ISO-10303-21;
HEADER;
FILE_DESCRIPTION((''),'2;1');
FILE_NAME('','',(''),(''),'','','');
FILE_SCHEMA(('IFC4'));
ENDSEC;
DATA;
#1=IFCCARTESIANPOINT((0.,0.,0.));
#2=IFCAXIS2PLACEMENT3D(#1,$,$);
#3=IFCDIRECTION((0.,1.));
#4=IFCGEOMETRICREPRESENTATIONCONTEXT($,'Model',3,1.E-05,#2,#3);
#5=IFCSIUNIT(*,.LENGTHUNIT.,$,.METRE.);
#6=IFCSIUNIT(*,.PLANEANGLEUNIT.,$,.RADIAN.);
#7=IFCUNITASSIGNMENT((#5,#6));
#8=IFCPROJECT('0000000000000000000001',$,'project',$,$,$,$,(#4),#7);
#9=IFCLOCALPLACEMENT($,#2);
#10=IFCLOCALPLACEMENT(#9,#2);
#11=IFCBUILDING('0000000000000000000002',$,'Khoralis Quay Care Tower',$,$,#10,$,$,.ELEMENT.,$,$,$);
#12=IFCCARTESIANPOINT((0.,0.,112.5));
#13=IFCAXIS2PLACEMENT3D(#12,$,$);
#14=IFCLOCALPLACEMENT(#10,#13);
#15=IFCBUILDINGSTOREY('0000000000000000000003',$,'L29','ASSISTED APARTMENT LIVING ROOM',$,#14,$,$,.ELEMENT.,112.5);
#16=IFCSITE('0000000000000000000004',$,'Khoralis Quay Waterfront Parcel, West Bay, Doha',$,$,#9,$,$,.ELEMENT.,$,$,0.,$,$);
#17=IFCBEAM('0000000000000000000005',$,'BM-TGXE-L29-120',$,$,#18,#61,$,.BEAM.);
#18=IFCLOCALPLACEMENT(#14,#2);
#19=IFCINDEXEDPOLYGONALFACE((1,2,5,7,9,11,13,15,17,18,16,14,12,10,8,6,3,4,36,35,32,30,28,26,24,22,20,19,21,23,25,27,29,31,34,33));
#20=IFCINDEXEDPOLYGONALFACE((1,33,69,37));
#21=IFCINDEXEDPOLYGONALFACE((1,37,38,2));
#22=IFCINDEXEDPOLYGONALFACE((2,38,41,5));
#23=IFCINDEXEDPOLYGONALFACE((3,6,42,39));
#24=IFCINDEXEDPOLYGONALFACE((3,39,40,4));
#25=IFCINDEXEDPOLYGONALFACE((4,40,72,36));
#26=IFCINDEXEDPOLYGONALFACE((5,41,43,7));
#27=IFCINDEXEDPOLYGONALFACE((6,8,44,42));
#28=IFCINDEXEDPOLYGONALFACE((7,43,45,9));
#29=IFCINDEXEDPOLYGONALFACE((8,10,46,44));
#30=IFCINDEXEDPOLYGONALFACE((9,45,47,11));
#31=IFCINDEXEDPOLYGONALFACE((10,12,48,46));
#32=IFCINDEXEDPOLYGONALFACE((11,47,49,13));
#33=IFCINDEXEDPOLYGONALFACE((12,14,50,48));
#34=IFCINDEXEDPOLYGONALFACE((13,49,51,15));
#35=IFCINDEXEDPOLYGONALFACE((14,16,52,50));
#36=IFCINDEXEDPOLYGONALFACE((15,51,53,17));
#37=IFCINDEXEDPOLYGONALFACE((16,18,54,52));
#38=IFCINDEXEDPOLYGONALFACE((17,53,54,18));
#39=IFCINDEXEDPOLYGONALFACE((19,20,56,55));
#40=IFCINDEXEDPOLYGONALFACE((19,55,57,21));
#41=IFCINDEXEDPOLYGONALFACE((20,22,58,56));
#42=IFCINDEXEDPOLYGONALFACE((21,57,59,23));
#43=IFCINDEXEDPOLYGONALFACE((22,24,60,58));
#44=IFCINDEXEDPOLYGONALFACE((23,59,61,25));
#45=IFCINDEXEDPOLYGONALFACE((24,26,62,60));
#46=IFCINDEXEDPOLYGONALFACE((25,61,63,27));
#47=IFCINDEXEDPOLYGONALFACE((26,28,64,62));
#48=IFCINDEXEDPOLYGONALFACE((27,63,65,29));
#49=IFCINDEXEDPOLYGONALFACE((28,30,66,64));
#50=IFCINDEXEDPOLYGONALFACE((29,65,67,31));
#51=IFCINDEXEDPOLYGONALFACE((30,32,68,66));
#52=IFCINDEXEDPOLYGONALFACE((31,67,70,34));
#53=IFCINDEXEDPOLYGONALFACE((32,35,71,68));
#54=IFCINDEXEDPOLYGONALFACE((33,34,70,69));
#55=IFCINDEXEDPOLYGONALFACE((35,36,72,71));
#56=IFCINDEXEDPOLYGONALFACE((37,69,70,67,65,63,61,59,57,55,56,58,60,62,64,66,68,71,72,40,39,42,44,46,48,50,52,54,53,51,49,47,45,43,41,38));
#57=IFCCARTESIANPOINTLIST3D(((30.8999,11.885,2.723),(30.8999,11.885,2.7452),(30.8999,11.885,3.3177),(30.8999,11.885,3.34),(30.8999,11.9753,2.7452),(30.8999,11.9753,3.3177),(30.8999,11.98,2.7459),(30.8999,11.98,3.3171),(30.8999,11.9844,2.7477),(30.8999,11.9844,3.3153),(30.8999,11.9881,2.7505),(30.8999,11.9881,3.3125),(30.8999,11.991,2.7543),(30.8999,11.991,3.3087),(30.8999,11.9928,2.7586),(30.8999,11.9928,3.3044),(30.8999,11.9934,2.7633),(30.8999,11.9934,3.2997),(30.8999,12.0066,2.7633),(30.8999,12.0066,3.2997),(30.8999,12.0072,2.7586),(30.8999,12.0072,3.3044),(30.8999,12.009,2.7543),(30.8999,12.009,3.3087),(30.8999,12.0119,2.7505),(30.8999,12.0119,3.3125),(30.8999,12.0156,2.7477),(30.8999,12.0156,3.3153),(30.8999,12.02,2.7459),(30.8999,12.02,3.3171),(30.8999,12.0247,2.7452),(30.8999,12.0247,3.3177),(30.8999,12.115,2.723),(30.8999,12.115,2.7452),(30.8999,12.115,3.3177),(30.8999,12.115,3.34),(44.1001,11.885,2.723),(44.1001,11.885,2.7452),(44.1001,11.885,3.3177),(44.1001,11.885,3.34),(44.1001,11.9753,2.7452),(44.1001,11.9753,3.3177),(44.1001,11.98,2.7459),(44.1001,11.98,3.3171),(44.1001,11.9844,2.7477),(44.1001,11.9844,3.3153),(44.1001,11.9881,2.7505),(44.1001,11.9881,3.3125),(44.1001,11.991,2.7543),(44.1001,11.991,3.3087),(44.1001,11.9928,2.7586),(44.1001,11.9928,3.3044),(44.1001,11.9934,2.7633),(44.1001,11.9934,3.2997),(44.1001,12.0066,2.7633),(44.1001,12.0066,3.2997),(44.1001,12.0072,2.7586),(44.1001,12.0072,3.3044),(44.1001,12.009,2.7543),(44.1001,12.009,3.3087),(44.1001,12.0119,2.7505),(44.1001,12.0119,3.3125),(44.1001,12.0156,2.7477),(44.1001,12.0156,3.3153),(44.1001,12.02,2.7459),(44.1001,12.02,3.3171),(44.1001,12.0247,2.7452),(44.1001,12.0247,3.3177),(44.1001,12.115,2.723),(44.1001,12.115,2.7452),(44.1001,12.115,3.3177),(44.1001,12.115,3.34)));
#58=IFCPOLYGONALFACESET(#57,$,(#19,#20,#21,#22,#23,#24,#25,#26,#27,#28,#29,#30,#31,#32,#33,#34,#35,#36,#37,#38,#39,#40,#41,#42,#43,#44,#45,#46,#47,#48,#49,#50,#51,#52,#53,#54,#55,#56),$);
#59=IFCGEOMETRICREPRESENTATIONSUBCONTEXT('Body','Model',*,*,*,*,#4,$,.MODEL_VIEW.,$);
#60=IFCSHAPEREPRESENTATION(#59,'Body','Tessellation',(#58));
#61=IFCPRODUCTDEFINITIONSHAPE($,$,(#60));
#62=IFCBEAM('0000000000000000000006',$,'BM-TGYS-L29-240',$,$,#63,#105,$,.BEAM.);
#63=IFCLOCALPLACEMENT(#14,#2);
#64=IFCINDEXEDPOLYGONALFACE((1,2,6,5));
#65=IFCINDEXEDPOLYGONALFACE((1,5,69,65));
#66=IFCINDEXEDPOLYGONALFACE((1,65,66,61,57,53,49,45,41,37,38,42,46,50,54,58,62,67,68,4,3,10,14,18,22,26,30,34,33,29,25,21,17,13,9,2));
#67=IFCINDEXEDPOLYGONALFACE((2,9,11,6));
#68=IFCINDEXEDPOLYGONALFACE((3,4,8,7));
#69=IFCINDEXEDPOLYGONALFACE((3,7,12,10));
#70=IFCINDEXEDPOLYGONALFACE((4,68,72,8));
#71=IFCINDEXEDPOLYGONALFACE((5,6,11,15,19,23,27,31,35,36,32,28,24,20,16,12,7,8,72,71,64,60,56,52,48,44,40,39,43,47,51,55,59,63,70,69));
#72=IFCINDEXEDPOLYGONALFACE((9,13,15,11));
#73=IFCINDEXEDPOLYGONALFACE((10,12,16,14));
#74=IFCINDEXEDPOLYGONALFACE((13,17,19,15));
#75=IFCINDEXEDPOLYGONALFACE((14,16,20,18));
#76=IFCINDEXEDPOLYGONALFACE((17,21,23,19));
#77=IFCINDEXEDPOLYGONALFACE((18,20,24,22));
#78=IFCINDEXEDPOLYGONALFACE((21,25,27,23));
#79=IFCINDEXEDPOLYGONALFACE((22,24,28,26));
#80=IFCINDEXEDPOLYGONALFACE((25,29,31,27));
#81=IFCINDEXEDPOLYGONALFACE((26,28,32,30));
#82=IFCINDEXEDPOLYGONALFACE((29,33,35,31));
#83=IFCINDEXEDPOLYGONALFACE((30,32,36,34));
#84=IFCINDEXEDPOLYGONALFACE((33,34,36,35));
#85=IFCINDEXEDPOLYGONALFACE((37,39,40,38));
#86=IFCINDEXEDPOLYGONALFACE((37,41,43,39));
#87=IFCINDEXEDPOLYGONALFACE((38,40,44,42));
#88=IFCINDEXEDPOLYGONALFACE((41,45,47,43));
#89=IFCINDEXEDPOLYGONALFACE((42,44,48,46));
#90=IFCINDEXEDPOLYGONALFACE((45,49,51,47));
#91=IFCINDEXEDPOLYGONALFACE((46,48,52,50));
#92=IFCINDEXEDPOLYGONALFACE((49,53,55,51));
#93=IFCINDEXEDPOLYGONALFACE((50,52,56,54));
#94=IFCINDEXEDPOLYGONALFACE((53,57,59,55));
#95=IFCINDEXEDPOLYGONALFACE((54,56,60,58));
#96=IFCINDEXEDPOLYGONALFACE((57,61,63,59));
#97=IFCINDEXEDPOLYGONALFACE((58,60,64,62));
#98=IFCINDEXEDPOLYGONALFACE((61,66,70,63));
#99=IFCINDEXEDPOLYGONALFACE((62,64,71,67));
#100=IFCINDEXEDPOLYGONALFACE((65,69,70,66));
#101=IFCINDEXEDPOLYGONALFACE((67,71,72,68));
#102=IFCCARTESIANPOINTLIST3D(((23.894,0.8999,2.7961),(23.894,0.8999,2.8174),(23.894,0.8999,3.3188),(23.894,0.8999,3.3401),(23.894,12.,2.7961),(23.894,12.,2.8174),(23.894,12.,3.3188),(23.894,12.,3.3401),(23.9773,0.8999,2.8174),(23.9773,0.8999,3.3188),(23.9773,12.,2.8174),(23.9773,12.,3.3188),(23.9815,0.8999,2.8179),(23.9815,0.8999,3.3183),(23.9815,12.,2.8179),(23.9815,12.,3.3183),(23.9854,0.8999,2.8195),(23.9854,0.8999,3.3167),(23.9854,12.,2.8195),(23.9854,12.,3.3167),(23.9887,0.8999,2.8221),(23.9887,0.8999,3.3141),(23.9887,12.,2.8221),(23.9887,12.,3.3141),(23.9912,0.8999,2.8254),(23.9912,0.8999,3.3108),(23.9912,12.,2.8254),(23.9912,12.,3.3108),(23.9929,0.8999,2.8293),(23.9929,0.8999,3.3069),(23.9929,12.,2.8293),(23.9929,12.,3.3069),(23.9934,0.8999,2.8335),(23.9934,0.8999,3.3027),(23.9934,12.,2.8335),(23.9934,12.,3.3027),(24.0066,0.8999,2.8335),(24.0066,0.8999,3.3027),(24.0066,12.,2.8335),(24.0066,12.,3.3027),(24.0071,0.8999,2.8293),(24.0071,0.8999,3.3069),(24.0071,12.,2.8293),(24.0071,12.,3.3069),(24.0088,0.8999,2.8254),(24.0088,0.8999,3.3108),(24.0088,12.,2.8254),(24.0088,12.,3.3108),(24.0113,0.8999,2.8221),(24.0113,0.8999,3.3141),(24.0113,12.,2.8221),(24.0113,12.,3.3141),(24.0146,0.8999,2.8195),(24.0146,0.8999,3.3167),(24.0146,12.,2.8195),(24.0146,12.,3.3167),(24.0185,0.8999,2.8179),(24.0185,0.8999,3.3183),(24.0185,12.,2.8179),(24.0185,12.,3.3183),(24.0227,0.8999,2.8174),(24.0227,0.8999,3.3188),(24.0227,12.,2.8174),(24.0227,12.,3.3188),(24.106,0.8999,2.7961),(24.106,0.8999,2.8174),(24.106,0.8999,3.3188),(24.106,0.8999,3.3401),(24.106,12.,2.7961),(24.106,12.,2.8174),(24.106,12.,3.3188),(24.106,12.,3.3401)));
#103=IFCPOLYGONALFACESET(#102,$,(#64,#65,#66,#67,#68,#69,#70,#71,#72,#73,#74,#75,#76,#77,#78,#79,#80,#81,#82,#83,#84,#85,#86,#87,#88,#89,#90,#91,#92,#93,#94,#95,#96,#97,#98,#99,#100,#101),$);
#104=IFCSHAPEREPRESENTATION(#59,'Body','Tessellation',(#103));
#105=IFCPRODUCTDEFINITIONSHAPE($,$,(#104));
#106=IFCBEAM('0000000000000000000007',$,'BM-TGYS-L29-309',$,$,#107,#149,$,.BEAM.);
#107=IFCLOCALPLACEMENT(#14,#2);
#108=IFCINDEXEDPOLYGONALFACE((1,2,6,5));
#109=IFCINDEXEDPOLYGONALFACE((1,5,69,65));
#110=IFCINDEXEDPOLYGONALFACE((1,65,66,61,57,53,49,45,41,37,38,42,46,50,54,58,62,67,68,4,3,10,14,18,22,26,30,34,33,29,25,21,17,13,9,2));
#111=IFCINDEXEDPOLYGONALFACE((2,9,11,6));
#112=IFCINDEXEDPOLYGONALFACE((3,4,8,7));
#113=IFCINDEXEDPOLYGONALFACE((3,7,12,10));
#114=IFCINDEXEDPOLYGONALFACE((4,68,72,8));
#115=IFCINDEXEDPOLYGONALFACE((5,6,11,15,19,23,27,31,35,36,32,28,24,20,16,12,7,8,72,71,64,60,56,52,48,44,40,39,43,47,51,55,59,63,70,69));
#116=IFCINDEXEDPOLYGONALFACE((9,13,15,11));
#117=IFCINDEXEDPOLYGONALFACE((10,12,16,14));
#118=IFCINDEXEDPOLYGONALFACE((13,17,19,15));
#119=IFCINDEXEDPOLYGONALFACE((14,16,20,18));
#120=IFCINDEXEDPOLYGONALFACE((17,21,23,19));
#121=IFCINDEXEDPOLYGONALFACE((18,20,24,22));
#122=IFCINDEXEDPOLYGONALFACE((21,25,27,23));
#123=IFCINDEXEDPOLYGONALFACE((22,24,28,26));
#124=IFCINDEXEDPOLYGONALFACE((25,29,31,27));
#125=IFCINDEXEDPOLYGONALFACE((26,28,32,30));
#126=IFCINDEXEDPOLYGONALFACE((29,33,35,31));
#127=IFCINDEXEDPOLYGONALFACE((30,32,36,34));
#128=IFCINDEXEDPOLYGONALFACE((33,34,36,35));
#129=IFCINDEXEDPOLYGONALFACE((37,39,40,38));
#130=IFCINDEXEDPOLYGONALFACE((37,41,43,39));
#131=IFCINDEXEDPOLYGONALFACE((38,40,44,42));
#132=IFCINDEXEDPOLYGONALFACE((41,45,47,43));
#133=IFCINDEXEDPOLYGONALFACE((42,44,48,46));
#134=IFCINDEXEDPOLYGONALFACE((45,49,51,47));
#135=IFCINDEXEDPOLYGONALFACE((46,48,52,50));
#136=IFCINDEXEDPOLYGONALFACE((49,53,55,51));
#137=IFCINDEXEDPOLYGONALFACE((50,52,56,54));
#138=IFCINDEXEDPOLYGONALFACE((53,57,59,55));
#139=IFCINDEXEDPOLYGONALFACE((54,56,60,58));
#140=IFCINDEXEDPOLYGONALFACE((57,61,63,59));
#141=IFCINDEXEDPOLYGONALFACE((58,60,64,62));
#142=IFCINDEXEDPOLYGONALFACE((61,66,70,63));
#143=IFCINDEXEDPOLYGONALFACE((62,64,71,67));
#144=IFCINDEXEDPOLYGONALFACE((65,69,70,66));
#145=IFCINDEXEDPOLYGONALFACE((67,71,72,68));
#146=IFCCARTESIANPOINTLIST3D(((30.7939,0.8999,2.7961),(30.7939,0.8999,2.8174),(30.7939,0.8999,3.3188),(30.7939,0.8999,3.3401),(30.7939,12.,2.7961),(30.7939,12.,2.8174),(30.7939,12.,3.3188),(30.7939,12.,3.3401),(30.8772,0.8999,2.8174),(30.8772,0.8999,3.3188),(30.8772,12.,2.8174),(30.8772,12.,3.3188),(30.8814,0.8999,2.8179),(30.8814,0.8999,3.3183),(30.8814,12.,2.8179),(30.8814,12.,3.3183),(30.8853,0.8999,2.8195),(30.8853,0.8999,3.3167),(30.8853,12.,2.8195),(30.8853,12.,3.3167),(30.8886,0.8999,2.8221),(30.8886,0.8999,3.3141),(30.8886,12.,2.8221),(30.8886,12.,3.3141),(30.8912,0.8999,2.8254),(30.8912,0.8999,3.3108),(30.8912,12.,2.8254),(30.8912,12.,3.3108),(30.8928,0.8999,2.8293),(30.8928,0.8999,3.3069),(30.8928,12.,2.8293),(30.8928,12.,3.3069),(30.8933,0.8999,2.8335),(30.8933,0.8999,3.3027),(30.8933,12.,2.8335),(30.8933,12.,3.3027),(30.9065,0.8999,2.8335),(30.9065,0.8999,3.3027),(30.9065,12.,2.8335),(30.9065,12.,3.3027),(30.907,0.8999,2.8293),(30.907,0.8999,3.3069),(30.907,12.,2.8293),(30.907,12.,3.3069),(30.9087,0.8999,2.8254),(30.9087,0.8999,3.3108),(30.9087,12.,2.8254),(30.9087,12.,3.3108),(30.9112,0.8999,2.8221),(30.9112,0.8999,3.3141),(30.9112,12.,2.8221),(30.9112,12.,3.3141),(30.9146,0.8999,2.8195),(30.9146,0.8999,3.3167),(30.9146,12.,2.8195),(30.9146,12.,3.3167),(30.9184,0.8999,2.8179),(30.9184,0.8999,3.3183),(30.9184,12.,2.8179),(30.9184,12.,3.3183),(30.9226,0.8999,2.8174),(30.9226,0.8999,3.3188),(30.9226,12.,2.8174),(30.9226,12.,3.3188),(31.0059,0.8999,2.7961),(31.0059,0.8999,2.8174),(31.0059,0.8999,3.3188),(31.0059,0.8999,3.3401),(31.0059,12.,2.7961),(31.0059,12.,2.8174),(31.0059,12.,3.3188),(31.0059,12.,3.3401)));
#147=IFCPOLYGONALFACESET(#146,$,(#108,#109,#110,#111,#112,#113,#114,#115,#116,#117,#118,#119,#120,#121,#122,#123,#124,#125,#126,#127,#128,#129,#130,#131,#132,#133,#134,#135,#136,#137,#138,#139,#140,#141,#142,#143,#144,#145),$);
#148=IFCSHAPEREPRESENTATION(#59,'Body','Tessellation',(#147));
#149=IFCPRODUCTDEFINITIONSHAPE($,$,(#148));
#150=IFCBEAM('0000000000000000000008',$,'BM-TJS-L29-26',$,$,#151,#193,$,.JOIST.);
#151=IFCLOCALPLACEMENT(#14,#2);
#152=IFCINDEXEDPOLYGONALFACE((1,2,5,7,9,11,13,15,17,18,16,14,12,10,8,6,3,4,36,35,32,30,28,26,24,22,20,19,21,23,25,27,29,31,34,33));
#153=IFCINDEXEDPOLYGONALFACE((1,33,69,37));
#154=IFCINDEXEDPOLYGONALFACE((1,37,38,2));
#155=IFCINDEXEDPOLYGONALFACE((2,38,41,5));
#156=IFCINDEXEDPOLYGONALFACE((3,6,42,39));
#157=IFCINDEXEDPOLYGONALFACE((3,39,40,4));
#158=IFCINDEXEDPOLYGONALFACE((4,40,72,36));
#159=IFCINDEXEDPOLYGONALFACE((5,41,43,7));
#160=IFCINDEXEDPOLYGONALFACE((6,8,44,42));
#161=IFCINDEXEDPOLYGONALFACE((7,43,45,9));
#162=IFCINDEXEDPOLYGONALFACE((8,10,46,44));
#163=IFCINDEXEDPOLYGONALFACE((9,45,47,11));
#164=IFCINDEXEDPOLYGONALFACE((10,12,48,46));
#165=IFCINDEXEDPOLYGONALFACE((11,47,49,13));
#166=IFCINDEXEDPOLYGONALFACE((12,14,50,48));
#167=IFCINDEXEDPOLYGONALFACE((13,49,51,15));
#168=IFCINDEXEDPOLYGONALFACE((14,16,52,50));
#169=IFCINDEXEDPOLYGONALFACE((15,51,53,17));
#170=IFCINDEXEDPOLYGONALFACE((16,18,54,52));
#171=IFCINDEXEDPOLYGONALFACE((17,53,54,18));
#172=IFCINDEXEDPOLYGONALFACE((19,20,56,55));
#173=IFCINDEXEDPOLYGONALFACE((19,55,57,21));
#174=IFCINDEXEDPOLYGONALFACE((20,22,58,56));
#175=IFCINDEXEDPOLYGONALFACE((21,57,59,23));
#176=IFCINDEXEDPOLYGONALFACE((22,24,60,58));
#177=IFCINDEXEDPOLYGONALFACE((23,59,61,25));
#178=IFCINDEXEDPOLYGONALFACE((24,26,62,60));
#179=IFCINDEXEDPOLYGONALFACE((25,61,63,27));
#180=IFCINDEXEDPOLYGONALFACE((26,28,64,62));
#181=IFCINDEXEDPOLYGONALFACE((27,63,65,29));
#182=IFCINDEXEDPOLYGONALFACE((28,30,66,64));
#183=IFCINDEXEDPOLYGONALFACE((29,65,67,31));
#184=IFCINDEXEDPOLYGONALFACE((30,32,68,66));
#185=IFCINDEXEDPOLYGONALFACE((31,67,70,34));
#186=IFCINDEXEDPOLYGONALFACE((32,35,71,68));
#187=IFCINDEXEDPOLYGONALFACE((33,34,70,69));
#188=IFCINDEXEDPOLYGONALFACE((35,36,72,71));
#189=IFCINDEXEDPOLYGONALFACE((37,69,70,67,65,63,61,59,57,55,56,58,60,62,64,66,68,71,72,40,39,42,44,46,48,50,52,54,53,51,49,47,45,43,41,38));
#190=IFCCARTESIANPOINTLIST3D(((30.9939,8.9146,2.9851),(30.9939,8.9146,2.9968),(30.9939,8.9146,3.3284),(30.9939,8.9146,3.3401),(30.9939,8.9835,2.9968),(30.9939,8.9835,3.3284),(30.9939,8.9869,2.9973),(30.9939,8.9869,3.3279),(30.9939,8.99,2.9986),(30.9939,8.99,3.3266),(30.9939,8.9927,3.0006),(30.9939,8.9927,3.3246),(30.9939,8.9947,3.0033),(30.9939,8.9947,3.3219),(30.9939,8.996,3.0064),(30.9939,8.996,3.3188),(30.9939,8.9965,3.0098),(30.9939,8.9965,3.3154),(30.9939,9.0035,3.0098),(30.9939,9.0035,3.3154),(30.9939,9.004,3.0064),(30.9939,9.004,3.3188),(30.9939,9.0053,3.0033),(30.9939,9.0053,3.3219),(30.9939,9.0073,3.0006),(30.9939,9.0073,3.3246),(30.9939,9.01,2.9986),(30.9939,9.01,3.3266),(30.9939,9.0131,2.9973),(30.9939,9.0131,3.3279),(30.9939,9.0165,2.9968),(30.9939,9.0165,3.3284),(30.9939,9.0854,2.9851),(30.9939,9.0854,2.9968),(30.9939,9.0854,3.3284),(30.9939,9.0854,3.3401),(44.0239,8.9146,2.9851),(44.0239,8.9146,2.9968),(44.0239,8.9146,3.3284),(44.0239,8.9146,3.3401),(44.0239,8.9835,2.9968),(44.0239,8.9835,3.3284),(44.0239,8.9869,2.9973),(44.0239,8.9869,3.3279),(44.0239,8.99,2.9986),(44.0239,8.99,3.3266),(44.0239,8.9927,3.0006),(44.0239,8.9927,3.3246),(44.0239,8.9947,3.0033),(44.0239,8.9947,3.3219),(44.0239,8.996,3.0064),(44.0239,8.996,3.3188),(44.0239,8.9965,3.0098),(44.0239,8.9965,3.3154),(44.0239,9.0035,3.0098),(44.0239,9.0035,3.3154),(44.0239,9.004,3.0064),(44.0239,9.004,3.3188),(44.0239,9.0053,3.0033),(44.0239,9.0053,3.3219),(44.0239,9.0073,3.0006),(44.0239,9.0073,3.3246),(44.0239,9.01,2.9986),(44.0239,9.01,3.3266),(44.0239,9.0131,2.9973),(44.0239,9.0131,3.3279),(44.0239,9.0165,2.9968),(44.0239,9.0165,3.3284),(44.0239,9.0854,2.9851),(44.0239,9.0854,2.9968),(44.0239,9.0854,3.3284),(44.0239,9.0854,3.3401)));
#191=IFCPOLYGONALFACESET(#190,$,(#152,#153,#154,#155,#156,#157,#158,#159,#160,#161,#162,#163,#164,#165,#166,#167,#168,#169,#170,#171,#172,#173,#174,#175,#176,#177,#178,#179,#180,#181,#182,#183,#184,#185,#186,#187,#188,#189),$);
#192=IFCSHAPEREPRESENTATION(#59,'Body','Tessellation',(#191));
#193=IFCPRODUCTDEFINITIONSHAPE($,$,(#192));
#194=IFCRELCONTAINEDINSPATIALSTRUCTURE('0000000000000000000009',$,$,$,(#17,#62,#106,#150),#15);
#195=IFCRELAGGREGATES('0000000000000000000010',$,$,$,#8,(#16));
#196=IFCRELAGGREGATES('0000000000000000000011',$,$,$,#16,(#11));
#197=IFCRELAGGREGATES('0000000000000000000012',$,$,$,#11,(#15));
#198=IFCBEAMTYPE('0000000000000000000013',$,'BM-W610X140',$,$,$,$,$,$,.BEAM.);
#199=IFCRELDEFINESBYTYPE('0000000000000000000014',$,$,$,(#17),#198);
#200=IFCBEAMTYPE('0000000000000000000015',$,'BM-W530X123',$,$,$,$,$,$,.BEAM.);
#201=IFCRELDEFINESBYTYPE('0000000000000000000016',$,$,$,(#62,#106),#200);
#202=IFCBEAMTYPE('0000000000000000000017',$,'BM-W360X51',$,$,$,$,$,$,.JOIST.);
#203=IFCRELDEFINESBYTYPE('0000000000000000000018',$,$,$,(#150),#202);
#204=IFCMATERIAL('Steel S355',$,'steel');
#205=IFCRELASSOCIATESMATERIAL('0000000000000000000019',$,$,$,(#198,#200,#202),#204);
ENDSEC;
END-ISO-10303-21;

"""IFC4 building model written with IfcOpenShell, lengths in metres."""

from ifc_helpers import new_model, si_unit, direction, frame, origin, origin_2d, place, context, subcontext, project, spatial, i_section, extrude, source, transform, mapped, material, material_profile, profile_set, type_object, element, save


model = new_model("IFC4")

# Units and contexts
model_context = context("Model", 3, precision=1e-05, world=origin(), true_north=direction((0.0, 1.0)))
body_context = subcontext(model_context, "Body", "Model", "MODEL_VIEW")
ifc_project = project(units=[si_unit("LENGTHUNIT", "METRE"), si_unit("PLANEANGLEUNIT", "RADIAN")], contexts=[model_context])

# Site, building, storey
site_placement = place(None, origin())
site = spatial("IfcSite", under=ifc_project, at=site_placement, Name="Khoralis Quay Waterfront Parcel, West Bay, Doha", CompositionType="ELEMENT", RefElevation=0.0)
building_placement = place(site_placement, origin())
building = spatial("IfcBuilding", under=site, at=building_placement, Name="Khoralis Quay Care Tower", CompositionType="ELEMENT")
storey_placement = place(building_placement, frame((0.0, 0.0, 112.5)))
storey = spatial("IfcBuildingStorey", under=building, at=storey_placement, Name="L29", Description="ASSISTED APARTMENT LIVING ROOM", CompositionType="ELEMENT", Elevation=112.5)

# Beams
ifc_material_1 = material(Name="Steel S355", Category="steel")
ifc_material_profile_1 = material_profile(ifc_material_1, i_section(OverallWidth=0.23, OverallDepth=0.6169, WebThickness=0.0132, FlangeThickness=0.0222, FilletRadius=0.0181, at=origin_2d()), Name="Steel S355")
ifc_profile_set_1 = profile_set([ifc_material_profile_1], Name="Steel S355")
beam_type_1 = type_object("IfcBeamType", Name="BM-W610X140", PredefinedType="BEAM", material=ifc_profile_set_1)
shared_shape_1 = source(origin(), body_context, "Body", "SweptSolid", [
    extrude(i_section(OverallWidth=0.23, OverallDepth=0.6169, WebThickness=0.0132, FlangeThickness=0.0222, FilletRadius=0.0181, at=origin_2d()), origin(), (0.0, 0.0, 1.0), 13.2002),
])
beam_1_placement = place(storey_placement, frame((30.8999, 12.0, 3.0315), z_axis=(1.0, 0.0, 0.0), x_axis=(0.0, 1.0, 0.0)))
element("IfcBeam", 1, at=beam_1_placement, inside=storey, type_object=beam_type_1, Name="BM-TGXE-L29-120", PredefinedType="BEAM", context=body_context, shape_type="MappedRepresentation", body=[
    mapped(shared_shape_1, transform((0.0, 0.0, 0.0), scale=1.0)),
])
ifc_material_profile_2 = material_profile(ifc_material_1, i_section(OverallWidth=0.2119, OverallDepth=0.5439, WebThickness=0.0132, FlangeThickness=0.0212, FilletRadius=0.0161, at=origin_2d()), Name="Steel S355")
ifc_profile_set_2 = profile_set([ifc_material_profile_2], Name="Steel S355")
beam_type_2 = type_object("IfcBeamType", Name="BM-W530X123", PredefinedType="BEAM", material=ifc_profile_set_2)
shared_shape_2 = source(origin(), body_context, "Body", "SweptSolid", [
    extrude(i_section(OverallWidth=0.2119, OverallDepth=0.5439, WebThickness=0.0132, FlangeThickness=0.0212, FilletRadius=0.0161, at=origin_2d()), origin(), (0.0, 0.0, 1.0), 11.1001),
])
for number, where, z_axis, x_axis, name in (
    (2, (24.0, 0.8999, 3.0681), (0.0, 1.0, 0.0), (-1.0, 0.0, 0.0), "BM-TGYS-L29-240"),
    (3, (30.8999, 0.8999, 3.0681), (0.0, 1.0, 0.0), (-1.0, 0.0, 0.0), "BM-TGYS-L29-309"),
):
    element("IfcBeam", number, at=place(storey_placement, frame(where, z_axis=z_axis, x_axis=x_axis)), inside=storey, type_object=beam_type_2, Name=name, PredefinedType="BEAM", context=body_context, shape_type="MappedRepresentation", body=[
        mapped(shared_shape_2, transform((0.0, 0.0, 0.0), scale=1.0)),
    ])
ifc_material_profile_3 = material_profile(ifc_material_1, i_section(OverallWidth=0.1709, OverallDepth=0.355, WebThickness=0.0071, FlangeThickness=0.0117, FilletRadius=0.0129, at=origin_2d()), Name="Steel S355")
ifc_profile_set_3 = profile_set([ifc_material_profile_3], Name="Steel S355")
beam_type_3 = type_object("IfcBeamType", Name="BM-W360X51", PredefinedType="JOIST", material=ifc_profile_set_3)
shared_shape_3 = source(origin(), body_context, "Body", "SweptSolid", [
    extrude(i_section(OverallWidth=0.1709, OverallDepth=0.355, WebThickness=0.0071, FlangeThickness=0.0117, FilletRadius=0.0129, at=origin_2d()), origin(), (0.0, 0.0, 1.0), 13.03),
])
beam_2_placement = place(storey_placement, frame((30.9939, 9.0, 3.1626), z_axis=(1.0, 0.0, 0.0), x_axis=(0.0, 1.0, 0.0)))
element("IfcBeam", 4, at=beam_2_placement, inside=storey, type_object=beam_type_3, Name="BM-TJS-L29-26", PredefinedType="JOIST", context=body_context, shape_type="MappedRepresentation", body=[
    mapped(shared_shape_3, transform((0.0, 0.0, 0.0), scale=1.0)),
])

save(model, "model.ifc")
